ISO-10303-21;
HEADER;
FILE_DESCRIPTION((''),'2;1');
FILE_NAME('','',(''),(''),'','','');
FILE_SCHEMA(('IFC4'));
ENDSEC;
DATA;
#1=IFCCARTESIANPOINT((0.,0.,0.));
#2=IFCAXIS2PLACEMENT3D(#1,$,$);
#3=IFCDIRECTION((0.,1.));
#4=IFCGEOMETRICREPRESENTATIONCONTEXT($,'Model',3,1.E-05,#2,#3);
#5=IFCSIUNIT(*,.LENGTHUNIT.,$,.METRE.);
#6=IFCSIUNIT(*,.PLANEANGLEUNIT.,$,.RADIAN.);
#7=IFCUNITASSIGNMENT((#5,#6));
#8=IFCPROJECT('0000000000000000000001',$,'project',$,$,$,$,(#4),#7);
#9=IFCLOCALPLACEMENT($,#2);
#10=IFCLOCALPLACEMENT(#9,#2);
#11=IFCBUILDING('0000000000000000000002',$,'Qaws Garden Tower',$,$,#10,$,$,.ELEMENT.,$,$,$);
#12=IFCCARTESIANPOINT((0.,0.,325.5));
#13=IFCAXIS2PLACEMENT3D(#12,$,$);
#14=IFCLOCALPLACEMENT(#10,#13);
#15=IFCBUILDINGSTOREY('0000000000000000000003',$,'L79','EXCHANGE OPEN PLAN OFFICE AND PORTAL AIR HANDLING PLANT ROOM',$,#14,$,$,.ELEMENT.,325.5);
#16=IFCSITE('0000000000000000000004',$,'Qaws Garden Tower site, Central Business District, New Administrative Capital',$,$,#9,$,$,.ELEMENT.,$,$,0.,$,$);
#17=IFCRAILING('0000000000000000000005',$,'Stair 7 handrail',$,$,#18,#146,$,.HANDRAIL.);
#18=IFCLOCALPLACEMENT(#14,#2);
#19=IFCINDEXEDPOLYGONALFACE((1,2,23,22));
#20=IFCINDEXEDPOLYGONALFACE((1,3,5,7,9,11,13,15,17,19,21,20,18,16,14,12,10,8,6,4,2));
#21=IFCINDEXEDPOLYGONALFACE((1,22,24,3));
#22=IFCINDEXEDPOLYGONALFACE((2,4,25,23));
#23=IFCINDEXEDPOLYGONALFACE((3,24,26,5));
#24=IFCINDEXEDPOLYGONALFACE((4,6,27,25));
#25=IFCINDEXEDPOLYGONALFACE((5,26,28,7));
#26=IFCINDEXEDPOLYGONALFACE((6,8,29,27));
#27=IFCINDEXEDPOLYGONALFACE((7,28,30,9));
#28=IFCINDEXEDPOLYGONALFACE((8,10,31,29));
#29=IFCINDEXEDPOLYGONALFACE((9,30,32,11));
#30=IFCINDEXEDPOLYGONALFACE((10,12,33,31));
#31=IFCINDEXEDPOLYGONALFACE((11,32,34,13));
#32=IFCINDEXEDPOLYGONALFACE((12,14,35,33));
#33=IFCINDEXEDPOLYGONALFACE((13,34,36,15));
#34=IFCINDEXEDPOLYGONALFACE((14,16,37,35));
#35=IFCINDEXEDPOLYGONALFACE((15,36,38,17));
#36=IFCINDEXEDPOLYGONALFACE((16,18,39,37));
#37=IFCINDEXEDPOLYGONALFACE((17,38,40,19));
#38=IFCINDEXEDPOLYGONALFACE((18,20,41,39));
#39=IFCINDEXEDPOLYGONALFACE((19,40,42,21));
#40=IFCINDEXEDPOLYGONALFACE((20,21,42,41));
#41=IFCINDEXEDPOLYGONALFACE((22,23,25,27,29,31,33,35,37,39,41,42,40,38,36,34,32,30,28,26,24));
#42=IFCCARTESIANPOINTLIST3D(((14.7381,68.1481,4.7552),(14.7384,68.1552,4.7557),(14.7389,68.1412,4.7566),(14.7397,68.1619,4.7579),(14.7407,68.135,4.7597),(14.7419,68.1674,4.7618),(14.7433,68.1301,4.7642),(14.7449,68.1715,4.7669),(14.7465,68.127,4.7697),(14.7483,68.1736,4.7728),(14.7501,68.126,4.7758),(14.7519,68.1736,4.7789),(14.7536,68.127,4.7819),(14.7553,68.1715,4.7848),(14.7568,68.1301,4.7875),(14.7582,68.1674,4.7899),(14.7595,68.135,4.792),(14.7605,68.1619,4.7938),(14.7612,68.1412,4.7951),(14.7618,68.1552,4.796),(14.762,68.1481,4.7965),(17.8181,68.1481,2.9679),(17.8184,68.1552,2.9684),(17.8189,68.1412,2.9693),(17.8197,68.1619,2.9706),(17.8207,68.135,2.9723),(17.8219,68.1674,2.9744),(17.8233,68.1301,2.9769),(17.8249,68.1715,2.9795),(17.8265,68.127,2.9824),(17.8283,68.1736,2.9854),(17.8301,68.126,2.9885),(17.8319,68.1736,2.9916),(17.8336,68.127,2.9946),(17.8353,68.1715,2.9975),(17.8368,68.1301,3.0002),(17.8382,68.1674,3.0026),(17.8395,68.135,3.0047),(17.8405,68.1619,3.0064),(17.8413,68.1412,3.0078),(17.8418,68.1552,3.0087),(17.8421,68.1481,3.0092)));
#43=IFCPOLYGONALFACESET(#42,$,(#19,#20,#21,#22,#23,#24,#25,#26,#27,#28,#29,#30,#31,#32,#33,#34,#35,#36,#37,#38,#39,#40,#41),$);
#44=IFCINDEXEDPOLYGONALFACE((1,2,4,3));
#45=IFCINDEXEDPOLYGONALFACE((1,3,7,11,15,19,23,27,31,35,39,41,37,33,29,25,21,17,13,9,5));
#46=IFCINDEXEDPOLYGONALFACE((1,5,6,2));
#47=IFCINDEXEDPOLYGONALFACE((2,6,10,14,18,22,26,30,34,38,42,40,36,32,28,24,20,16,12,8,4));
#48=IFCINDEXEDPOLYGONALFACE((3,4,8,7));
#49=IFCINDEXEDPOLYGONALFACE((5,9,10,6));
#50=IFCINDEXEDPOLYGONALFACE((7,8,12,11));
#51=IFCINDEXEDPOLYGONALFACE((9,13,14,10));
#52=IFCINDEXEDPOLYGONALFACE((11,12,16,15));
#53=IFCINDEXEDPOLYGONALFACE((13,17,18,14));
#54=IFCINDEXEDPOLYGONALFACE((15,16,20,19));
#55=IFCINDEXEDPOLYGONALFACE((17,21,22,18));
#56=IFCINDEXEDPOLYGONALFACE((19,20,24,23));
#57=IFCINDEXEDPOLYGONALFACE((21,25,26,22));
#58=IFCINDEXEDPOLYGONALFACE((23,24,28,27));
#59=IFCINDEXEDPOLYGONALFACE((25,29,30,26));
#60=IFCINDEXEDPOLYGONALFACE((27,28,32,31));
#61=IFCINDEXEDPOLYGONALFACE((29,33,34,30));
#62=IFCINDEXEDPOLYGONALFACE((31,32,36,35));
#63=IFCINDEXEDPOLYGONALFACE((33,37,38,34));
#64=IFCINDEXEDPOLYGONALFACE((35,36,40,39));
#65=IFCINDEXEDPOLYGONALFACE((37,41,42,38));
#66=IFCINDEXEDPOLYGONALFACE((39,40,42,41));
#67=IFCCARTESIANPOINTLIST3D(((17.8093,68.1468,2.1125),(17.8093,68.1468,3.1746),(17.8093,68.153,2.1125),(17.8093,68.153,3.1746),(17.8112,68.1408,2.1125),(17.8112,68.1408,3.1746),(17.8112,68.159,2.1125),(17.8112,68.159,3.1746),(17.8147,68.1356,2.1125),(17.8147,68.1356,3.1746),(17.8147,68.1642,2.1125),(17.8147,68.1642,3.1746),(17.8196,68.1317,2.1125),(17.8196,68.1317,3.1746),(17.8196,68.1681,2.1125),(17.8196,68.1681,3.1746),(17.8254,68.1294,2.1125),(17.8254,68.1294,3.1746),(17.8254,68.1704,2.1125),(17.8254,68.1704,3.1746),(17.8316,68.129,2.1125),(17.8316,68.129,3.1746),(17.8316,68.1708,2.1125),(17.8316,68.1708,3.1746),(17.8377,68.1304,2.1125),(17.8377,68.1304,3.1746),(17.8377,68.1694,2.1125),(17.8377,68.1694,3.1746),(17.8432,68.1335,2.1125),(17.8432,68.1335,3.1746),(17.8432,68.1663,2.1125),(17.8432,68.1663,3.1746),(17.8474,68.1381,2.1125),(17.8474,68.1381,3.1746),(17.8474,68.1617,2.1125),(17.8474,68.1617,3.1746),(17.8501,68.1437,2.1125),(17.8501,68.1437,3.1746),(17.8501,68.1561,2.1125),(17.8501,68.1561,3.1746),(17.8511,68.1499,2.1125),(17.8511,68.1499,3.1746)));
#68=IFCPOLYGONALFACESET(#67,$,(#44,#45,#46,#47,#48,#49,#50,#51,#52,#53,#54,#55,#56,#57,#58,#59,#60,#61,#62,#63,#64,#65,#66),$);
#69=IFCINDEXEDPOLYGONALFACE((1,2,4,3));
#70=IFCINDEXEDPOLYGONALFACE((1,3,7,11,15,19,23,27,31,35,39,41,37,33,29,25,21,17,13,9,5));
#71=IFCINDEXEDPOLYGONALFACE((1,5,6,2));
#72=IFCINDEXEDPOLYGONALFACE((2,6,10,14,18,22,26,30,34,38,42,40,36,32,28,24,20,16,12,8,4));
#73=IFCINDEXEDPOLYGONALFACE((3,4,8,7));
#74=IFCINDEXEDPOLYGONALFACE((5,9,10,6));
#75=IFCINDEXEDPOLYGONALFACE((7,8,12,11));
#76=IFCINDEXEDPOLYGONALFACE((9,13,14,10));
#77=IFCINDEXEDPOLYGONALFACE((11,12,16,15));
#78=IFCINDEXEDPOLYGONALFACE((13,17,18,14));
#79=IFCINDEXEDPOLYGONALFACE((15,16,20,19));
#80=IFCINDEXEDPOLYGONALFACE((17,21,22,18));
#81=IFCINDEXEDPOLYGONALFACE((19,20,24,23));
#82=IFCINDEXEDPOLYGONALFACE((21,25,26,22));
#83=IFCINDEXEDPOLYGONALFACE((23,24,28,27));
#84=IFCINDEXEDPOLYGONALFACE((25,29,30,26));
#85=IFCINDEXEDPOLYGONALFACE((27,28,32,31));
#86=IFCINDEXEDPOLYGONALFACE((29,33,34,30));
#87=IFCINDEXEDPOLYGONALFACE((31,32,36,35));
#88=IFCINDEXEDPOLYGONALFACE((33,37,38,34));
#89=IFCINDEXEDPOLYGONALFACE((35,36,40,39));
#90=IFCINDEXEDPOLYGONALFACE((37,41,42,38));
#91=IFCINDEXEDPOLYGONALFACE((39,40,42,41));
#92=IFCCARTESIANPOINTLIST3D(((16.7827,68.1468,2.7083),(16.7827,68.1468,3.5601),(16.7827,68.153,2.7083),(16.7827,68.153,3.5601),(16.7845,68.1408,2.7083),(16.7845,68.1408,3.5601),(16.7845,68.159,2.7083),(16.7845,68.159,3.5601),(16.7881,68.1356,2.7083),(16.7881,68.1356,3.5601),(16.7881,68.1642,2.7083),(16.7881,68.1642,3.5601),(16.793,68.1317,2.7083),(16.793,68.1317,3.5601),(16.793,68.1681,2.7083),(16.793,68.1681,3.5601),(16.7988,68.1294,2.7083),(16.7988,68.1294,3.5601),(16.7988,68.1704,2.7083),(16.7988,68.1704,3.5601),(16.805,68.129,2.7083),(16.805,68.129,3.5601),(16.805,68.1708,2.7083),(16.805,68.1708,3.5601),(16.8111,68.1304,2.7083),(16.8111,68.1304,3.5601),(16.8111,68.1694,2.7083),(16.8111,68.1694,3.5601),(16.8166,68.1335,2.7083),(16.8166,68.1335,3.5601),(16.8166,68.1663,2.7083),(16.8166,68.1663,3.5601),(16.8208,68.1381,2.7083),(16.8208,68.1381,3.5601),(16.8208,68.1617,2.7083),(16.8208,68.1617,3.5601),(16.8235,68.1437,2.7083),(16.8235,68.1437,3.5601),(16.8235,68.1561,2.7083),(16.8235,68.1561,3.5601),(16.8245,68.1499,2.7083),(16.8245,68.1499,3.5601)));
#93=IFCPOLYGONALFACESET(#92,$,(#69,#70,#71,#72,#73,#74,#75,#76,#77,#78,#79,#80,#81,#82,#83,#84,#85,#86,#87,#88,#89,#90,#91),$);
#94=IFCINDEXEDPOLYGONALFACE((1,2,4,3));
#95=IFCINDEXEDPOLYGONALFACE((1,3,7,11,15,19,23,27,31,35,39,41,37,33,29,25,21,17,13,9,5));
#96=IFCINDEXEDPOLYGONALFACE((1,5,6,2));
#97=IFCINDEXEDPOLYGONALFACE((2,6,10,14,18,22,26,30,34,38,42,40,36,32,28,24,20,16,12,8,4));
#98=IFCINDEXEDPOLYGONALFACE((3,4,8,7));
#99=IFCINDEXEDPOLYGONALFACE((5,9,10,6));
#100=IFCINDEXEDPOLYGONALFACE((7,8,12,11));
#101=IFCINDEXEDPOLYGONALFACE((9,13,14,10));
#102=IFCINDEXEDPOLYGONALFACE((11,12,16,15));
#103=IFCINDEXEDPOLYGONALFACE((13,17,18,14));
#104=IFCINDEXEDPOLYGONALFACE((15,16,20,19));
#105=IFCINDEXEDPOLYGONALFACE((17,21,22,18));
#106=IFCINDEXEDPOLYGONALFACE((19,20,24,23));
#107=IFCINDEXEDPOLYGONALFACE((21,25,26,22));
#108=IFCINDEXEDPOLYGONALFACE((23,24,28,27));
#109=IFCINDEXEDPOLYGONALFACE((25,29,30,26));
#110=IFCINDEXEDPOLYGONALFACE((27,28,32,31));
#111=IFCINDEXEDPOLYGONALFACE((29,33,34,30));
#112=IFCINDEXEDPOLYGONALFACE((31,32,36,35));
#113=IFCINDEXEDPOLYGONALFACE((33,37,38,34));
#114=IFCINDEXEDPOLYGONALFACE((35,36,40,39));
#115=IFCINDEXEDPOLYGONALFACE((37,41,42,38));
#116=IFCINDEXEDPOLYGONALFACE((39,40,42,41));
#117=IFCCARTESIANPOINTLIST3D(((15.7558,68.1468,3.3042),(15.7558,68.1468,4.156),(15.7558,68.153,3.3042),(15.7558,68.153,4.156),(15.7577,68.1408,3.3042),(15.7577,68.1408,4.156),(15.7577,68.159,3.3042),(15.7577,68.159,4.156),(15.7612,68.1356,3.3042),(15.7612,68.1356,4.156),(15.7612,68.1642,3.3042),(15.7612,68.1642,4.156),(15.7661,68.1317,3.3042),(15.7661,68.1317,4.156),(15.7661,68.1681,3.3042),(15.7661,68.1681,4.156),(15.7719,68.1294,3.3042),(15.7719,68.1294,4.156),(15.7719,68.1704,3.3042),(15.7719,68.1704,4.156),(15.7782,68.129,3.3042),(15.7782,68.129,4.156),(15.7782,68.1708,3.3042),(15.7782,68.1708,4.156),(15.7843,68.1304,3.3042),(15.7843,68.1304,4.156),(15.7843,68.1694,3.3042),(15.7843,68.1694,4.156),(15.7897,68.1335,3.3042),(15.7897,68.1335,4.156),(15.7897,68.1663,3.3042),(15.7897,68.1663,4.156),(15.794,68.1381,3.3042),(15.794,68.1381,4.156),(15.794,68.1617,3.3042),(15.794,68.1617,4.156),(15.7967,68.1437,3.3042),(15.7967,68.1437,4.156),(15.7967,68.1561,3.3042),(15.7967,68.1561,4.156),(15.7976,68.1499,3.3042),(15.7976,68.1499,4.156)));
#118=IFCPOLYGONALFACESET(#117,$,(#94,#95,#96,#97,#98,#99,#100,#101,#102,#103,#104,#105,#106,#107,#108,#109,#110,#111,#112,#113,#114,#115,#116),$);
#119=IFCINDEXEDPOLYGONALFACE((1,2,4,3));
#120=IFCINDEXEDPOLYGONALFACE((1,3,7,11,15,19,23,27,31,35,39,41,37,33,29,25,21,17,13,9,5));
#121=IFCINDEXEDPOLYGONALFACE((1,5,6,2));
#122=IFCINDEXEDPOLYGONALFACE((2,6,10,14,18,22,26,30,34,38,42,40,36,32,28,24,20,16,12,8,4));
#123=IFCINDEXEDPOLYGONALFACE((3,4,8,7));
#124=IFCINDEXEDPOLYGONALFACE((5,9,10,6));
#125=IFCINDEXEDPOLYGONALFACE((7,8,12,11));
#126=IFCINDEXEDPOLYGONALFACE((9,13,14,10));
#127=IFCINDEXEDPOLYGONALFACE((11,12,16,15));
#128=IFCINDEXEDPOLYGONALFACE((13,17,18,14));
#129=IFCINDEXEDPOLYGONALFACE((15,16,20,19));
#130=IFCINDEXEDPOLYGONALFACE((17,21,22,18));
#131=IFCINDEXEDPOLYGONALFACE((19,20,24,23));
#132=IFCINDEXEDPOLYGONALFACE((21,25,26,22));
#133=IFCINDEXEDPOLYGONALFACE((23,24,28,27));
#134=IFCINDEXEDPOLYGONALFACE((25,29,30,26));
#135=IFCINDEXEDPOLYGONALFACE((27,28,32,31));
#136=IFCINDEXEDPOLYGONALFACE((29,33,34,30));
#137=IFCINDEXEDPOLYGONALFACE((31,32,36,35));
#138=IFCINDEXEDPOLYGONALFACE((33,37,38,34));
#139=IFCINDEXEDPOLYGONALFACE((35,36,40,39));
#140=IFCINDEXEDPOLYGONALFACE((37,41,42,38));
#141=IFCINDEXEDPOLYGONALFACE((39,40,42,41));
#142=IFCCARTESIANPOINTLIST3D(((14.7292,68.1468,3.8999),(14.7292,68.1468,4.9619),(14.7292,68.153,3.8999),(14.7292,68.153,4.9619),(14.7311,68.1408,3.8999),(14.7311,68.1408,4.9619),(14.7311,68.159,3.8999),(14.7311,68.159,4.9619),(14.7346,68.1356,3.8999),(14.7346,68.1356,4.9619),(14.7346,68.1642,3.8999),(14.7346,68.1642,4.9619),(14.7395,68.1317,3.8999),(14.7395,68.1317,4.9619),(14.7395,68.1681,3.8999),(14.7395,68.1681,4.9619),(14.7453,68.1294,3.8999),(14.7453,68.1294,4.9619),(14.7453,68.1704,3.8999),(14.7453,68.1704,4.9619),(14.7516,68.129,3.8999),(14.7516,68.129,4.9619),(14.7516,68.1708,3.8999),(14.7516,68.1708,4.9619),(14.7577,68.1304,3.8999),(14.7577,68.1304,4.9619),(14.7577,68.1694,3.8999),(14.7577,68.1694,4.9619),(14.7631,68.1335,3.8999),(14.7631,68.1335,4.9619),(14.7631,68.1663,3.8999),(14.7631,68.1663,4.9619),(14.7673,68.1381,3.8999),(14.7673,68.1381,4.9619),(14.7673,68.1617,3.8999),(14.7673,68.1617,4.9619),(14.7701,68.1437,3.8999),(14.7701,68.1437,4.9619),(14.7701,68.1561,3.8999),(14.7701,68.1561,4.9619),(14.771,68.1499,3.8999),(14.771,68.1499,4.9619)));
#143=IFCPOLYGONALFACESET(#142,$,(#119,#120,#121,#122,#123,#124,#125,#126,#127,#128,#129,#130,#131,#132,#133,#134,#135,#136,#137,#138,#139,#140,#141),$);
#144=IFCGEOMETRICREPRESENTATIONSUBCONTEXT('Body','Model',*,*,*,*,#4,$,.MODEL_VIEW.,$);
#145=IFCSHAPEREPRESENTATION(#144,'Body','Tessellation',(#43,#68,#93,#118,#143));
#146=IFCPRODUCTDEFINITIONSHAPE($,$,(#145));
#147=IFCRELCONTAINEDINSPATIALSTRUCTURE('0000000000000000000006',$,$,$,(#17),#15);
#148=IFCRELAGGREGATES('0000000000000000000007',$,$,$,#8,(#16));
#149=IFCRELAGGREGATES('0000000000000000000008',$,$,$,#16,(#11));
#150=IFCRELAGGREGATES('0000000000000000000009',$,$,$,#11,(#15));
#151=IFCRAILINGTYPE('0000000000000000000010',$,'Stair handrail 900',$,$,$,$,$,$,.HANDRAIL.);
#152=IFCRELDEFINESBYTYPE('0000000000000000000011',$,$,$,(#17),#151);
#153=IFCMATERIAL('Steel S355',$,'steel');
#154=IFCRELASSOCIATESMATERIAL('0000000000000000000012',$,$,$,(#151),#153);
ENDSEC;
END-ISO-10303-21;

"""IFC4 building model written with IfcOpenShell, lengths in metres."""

from ifc_helpers import new_model, si_unit, direction, frame, origin, origin_2d, place, context, subcontext, project, spatial, circle, extrude, material, type_object, element, save


model = new_model("IFC4")

# Units and contexts
model_context = context("Model", 3, precision=1e-05, world=origin(), true_north=direction((0.0, 1.0)))
body_context = subcontext(model_context, "Body", "Model", "MODEL_VIEW")
ifc_project = project(units=[si_unit("LENGTHUNIT", "METRE"), si_unit("PLANEANGLEUNIT", "RADIAN")], contexts=[model_context])

# Site, building, storey
site_placement = place(None, origin())
site = spatial("IfcSite", under=ifc_project, at=site_placement, Name="Qaws Garden Tower site, Central Business District, New Administrative Capital", CompositionType="ELEMENT", RefElevation=0.0)
building_placement = place(site_placement, origin())
building = spatial("IfcBuilding", under=site, at=building_placement, Name="Qaws Garden Tower", CompositionType="ELEMENT")
storey_placement = place(building_placement, frame((0.0, 0.0, 325.5)))
storey = spatial("IfcBuildingStorey", under=building, at=storey_placement, Name="L79", Description="EXCHANGE OPEN PLAN OFFICE AND PORTAL AIR HANDLING PLANT ROOM", CompositionType="ELEMENT", Elevation=325.5)

# Railing
ifc_material_1 = material(Name="Steel S355", Category="steel")
railing_type = type_object("IfcRailingType", Name="Stair handrail 900", PredefinedType="HANDRAIL", material=ifc_material_1)
railing_1_placement = place(storey_placement, frame((17.8301, 68.1499, 2.1125)))
element("IfcRailing", 1, at=railing_1_placement, inside=storey, type_object=railing_type, Name="Stair 7 handrail", PredefinedType="HANDRAIL", context=body_context, shape_type="SweptSolid", body=[
    extrude(circle(Radius=0.0239, at=origin_2d()), frame((0.0, 0.0, 0.876), z_axis=(-0.86492, 0.0, 0.501909), x_axis=(0.0, -1.0, 0.0)), (0.0, 0.0, 1.0), 3.561),
    extrude(circle(Radius=0.021, at=origin_2d()), origin(), (0.0, 0.0, 1.0), 1.062),
    extrude(circle(Radius=0.021, at=origin_2d()), frame((-1.0266, 0.0, 0.5957)), (0.0, 0.0, 1.0), 0.8518),
    extrude(circle(Radius=0.021, at=origin_2d()), frame((-2.0535, 0.0, 1.1917)), (0.0, 0.0, 1.0), 0.8518),
    extrude(circle(Radius=0.021, at=origin_2d()), frame((-3.0801, 0.0, 1.7874)), (0.0, 0.0, 1.0), 1.062),
])

save(model, "model.ifc")
